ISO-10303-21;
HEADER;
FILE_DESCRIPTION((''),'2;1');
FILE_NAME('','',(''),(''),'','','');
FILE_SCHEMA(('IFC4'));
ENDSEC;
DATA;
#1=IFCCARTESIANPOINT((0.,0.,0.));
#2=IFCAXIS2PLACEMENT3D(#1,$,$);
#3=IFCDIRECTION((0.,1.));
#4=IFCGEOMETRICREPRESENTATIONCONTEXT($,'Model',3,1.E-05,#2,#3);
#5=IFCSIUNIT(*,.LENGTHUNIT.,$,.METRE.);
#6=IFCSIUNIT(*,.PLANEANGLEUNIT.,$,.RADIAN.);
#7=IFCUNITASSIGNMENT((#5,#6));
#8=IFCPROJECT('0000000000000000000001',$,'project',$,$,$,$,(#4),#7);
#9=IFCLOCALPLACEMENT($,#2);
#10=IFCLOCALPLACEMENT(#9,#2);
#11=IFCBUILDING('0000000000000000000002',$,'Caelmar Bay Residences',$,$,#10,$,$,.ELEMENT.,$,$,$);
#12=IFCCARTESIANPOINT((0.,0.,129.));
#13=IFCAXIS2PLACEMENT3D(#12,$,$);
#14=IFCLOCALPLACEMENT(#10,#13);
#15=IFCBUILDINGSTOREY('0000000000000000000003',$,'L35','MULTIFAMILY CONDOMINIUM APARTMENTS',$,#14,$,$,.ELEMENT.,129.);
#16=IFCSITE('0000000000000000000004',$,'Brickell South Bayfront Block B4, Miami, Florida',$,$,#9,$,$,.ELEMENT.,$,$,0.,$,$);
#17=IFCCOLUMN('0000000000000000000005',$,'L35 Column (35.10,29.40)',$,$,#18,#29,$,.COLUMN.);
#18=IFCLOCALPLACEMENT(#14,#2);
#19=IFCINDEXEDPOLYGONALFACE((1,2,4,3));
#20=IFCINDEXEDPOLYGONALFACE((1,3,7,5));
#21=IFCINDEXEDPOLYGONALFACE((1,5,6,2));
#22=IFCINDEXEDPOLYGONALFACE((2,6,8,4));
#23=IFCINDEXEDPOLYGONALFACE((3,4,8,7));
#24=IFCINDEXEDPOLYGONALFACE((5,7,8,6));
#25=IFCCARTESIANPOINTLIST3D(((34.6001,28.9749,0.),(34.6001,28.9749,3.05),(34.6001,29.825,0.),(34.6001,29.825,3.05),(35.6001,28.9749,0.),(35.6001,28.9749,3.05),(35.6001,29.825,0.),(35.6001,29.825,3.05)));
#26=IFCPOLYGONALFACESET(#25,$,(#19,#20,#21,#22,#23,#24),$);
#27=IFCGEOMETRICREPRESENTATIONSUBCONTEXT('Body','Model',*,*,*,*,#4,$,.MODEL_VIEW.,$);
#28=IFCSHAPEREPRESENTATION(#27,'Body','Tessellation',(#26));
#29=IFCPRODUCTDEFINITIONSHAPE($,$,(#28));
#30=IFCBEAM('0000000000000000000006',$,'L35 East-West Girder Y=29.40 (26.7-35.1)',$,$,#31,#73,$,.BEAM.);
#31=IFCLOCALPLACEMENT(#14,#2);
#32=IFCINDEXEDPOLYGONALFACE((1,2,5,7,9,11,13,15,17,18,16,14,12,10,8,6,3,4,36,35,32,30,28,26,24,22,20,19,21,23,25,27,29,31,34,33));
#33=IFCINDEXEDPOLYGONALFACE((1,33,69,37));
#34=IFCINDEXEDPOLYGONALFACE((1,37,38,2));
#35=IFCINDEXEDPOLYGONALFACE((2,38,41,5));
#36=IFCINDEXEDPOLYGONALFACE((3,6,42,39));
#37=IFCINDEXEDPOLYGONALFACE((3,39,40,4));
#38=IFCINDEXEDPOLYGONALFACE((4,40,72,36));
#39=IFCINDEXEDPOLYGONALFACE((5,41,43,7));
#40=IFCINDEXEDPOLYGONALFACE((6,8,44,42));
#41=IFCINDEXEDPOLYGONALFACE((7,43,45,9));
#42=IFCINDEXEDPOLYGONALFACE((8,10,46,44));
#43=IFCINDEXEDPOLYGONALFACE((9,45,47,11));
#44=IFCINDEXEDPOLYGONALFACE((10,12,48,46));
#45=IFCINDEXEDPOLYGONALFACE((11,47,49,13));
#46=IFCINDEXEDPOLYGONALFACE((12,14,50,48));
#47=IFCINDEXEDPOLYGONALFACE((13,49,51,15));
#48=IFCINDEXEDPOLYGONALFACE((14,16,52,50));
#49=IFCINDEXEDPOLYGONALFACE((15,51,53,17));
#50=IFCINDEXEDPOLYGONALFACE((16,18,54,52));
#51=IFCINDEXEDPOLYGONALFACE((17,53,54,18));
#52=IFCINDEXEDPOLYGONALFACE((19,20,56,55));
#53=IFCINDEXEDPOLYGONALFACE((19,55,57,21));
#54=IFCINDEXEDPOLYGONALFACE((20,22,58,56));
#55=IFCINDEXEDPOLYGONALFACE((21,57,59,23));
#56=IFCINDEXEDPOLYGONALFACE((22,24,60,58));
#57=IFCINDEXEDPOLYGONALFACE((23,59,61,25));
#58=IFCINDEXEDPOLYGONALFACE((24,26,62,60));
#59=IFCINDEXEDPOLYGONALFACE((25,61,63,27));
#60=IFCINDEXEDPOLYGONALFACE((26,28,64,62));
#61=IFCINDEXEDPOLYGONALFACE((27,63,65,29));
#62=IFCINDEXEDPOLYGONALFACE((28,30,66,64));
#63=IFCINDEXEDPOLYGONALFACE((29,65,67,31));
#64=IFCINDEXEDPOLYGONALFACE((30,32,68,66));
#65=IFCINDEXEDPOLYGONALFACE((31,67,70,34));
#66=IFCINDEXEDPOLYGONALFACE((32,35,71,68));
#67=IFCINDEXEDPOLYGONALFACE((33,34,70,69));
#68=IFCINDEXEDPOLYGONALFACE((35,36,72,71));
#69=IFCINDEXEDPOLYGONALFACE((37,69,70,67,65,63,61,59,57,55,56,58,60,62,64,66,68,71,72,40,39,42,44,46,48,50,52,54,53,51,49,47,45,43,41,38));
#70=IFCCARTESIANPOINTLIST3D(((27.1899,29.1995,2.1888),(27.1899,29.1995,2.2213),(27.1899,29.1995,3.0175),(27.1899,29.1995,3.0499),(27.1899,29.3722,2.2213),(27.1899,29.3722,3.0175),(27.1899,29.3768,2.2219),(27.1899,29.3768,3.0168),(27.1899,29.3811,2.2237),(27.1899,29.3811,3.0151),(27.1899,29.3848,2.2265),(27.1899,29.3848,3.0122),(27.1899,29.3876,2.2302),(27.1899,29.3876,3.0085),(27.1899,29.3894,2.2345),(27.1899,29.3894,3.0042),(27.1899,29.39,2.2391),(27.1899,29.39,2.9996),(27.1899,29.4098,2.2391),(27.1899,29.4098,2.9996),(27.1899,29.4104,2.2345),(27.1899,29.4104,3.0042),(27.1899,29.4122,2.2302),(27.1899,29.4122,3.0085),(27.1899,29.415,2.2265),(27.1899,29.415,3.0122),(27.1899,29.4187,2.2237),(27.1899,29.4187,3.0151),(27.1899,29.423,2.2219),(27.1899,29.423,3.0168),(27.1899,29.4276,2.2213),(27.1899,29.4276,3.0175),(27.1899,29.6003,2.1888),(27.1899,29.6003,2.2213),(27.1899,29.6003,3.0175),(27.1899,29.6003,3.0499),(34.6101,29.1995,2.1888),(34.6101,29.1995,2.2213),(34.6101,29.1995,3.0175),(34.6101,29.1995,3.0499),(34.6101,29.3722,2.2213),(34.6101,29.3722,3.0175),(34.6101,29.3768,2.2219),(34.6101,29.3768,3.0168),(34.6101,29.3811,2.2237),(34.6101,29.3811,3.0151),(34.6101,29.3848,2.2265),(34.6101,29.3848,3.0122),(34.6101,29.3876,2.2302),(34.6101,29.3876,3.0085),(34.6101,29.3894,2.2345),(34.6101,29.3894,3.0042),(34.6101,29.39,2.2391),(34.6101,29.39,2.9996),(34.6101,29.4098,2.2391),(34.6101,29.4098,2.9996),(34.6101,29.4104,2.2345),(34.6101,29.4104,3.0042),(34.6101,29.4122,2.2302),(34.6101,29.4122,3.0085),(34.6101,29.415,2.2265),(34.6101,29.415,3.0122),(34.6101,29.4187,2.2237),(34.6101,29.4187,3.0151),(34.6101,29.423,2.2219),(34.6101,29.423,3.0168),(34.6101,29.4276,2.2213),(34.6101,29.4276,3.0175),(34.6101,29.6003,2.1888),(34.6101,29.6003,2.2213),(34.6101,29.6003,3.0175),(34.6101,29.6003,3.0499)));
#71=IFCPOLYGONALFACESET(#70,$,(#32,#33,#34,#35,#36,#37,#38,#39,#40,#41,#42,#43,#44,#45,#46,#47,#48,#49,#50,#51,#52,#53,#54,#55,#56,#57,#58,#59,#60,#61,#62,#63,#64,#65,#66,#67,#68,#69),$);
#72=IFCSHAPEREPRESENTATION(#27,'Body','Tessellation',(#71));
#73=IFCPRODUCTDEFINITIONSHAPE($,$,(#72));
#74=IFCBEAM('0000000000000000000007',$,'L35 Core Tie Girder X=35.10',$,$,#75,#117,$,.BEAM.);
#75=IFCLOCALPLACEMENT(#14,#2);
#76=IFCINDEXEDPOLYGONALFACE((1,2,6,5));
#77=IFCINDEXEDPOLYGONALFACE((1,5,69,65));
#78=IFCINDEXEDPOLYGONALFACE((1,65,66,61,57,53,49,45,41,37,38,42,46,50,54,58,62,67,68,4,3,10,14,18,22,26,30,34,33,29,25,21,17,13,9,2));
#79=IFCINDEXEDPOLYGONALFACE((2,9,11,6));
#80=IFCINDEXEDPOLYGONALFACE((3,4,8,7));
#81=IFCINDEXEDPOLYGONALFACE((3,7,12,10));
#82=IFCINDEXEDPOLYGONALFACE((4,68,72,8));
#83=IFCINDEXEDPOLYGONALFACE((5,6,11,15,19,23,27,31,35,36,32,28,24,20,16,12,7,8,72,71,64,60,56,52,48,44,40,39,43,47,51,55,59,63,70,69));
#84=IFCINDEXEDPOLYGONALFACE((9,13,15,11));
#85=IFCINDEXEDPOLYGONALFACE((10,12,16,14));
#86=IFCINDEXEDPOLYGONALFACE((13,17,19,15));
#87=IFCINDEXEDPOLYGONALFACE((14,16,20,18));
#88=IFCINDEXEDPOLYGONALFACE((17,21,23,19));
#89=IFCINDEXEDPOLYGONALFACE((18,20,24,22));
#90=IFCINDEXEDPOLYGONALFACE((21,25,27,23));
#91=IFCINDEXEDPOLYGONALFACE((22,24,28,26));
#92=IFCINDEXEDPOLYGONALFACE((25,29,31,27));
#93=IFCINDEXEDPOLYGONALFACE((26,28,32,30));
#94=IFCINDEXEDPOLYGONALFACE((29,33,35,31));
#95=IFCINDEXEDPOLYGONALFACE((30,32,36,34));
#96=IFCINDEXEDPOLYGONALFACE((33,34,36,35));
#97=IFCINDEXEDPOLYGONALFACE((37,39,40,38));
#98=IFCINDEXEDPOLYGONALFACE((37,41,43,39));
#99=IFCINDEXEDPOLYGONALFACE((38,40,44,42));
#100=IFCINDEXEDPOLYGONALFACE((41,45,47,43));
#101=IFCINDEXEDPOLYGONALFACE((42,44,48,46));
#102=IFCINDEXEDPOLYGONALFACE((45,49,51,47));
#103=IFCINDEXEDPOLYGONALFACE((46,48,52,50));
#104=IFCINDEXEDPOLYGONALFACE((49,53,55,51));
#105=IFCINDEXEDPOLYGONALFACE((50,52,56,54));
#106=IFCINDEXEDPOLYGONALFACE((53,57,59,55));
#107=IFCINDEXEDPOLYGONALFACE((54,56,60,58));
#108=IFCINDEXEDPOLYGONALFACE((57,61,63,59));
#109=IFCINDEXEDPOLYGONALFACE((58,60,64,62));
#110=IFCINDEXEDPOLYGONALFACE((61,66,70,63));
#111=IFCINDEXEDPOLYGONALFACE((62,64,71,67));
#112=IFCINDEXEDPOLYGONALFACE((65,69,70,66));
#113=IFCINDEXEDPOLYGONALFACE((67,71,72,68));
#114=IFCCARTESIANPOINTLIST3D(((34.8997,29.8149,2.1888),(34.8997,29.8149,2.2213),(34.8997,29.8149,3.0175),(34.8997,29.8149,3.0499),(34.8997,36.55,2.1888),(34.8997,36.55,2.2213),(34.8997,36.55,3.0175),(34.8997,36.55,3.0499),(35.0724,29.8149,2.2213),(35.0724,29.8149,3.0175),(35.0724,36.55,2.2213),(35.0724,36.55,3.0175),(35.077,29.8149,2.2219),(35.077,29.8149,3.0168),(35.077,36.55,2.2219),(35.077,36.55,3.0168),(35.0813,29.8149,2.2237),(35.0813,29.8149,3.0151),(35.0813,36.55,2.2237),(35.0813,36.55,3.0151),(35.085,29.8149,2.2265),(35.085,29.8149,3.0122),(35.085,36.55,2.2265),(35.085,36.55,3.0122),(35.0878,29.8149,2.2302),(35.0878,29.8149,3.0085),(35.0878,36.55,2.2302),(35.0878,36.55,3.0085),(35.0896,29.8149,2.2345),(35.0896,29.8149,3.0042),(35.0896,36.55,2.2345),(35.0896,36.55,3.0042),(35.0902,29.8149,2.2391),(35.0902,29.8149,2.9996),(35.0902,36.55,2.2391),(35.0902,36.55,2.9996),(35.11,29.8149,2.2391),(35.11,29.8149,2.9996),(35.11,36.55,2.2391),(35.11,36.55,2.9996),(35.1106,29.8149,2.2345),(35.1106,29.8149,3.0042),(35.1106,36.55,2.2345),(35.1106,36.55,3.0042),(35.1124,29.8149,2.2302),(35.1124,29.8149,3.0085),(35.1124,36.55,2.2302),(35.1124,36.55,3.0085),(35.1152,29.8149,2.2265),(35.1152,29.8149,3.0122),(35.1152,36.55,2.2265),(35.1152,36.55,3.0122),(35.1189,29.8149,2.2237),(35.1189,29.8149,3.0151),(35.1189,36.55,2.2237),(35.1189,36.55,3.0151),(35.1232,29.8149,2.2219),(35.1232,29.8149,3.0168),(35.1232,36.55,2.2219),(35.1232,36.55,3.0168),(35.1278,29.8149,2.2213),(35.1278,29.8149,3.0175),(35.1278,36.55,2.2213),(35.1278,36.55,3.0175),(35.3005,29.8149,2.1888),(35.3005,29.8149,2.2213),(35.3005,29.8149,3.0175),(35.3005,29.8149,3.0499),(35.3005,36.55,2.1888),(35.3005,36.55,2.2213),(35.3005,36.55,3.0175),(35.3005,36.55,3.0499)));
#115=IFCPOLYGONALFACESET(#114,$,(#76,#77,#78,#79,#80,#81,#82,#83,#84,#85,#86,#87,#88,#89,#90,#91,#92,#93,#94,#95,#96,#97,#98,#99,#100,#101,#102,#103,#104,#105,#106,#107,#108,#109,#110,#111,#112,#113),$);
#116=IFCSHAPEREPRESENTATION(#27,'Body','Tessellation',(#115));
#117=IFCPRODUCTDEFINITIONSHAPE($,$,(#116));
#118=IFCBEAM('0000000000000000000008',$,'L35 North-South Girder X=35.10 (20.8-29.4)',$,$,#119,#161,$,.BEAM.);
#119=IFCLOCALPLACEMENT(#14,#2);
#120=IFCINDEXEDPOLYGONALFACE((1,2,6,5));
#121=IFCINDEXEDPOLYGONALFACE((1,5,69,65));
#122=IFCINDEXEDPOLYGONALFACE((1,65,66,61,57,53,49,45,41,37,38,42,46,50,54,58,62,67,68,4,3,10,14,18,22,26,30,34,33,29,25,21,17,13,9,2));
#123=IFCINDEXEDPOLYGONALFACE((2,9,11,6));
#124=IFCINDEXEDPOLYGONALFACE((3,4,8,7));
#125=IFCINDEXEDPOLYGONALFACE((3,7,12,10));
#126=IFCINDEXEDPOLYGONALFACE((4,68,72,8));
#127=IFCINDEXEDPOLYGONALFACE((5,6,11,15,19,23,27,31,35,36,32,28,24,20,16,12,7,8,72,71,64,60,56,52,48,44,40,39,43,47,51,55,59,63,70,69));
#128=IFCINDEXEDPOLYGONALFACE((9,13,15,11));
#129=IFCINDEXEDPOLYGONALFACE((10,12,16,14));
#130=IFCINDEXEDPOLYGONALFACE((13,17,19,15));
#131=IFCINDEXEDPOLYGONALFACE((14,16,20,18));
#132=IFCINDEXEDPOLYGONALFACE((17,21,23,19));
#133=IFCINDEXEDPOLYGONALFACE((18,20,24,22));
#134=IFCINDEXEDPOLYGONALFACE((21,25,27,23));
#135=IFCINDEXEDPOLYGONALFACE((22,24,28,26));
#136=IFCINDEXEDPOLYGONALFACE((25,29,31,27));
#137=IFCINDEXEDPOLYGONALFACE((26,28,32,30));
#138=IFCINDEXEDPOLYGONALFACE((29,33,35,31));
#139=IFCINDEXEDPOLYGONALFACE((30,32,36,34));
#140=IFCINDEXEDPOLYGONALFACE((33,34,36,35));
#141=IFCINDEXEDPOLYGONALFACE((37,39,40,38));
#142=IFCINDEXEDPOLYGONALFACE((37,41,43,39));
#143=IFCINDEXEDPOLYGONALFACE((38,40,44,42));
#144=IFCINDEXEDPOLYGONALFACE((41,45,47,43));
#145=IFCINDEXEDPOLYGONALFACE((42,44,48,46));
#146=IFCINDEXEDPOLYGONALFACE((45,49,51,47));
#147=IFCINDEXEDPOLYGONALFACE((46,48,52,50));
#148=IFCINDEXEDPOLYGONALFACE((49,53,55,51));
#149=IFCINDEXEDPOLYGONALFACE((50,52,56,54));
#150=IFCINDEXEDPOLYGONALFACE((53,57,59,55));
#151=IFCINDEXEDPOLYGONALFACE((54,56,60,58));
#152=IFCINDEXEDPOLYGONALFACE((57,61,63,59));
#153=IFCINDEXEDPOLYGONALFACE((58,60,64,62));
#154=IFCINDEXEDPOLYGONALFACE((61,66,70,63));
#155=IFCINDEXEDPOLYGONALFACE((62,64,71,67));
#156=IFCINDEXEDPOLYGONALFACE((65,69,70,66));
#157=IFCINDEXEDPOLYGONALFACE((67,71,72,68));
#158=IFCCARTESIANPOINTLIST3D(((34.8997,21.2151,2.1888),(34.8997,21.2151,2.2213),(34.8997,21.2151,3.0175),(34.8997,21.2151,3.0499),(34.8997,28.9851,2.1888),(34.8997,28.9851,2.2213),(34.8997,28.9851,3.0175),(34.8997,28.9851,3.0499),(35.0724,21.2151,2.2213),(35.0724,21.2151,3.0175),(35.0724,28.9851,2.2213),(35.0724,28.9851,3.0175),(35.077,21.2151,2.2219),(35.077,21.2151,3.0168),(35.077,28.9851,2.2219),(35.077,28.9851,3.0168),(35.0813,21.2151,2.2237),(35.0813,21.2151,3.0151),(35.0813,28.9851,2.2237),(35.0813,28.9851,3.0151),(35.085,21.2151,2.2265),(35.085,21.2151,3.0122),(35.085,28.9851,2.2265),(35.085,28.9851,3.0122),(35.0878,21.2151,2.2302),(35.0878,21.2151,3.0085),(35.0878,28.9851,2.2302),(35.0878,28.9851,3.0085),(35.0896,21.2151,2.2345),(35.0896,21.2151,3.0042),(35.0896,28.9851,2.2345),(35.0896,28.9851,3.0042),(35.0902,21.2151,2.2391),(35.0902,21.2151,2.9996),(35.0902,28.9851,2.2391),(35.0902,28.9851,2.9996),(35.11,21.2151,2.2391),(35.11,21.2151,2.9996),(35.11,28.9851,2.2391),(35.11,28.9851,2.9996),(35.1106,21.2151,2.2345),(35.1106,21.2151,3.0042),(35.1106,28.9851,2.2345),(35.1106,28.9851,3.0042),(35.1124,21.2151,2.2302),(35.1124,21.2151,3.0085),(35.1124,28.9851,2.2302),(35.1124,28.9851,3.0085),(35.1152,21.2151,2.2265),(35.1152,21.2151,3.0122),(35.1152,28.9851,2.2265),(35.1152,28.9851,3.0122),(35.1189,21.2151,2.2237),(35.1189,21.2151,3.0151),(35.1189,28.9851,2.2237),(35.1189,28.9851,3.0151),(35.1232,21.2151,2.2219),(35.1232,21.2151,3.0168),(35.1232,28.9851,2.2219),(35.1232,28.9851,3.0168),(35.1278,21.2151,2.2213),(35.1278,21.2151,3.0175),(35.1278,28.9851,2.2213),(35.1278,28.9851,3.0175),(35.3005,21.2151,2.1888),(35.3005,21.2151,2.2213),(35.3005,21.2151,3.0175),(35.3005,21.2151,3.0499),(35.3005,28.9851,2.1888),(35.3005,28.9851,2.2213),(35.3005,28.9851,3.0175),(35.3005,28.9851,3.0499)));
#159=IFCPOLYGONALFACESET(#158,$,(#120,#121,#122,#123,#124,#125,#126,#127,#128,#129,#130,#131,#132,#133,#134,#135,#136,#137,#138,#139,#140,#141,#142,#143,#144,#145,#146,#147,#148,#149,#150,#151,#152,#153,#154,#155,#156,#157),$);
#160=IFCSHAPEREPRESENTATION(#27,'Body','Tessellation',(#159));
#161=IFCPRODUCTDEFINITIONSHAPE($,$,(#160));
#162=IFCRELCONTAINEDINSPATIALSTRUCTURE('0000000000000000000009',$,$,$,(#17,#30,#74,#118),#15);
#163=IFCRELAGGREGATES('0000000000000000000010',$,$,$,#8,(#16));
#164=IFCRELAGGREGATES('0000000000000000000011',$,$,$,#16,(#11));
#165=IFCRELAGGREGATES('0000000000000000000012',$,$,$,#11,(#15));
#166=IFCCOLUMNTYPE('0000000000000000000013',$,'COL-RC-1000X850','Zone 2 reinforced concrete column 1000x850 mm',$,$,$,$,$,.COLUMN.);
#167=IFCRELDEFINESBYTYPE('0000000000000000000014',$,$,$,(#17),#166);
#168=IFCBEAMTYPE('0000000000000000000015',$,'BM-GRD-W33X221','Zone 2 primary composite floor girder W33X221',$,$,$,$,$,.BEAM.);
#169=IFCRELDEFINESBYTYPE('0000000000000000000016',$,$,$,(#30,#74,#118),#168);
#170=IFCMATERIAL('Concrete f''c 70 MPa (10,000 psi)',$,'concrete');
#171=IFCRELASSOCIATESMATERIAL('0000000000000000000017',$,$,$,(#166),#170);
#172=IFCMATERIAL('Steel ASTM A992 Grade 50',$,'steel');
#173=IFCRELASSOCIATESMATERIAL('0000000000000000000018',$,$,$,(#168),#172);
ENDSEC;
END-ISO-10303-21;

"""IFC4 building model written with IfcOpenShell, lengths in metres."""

from ifc_helpers import new_model, si_unit, direction, frame, origin, origin_2d, place, context, subcontext, project, spatial, rectangle, i_section, extrude, material, material_profile, profile_set, type_object, element, save


model = new_model("IFC4")

# Units and contexts
model_context = context("Model", 3, precision=1e-05, world=origin(), true_north=direction((0.0, 1.0)))
body_context = subcontext(model_context, "Body", "Model", "MODEL_VIEW")
ifc_project = project(units=[si_unit("LENGTHUNIT", "METRE"), si_unit("PLANEANGLEUNIT", "RADIAN")], contexts=[model_context])

# Site, building, storey
site_placement = place(None, origin())
site = spatial("IfcSite", under=ifc_project, at=site_placement, Name="Brickell South Bayfront Block B4, Miami, Florida", CompositionType="ELEMENT", RefElevation=0.0)
building_placement = place(site_placement, origin())
building = spatial("IfcBuilding", under=site, at=building_placement, Name="Caelmar Bay Residences", CompositionType="ELEMENT")
storey_placement = place(building_placement, frame((0.0, 0.0, 129.0)))
storey = spatial("IfcBuildingStorey", under=building, at=storey_placement, Name="L35", Description="MULTIFAMILY CONDOMINIUM APARTMENTS", CompositionType="ELEMENT", Elevation=129.0)

# Column
ifc_material_1 = material(Name="Concrete f'c 70 MPa (10,000 psi)", Category="concrete")
ifc_material_profile_1 = material_profile(ifc_material_1, rectangle(XDim=1.0, YDim=0.8501, at=origin_2d()), Name="RC-COL-1000X850")
ifc_profile_set_1 = profile_set([ifc_material_profile_1], Name="Concrete f'c 70 MPa (10,000 psi)")
column_type = type_object("IfcColumnType", Name="COL-RC-1000X850", Description="Zone 2 reinforced concrete column 1000x850 mm", PredefinedType="COLUMN", material=ifc_profile_set_1)
column_placement = place(storey_placement, frame((35.1001, 29.3999, 0.0), z_axis=(0.0, 0.0, 1.0), x_axis=(1.0, 0.0, 0.0)))
element("IfcColumn", 1, at=column_placement, inside=storey, type_object=column_type, Name="L35 Column (35.10,29.40)", PredefinedType="COLUMN", context=body_context, shape_type="SweptSolid", body=[
    extrude(rectangle(XDim=1.0, YDim=0.8501, at=origin_2d()), origin(), (0.0, 0.0, 1.0), 3.05),
])

# Beams
ifc_material_2 = material(Name="Steel ASTM A992 Grade 50", Category="steel")
ifc_material_profile_2 = material_profile(ifc_material_2, i_section(OverallWidth=0.4009, OverallDepth=0.8611, WebThickness=0.0198, FlangeThickness=0.0325, FilletRadius=0.0178, at=origin_2d()), Name="W33X221")
ifc_profile_set_2 = profile_set([ifc_material_profile_2], Name="Steel ASTM A992 Grade 50")
beam_type_1 = type_object("IfcBeamType", Name="BM-GRD-W33X221", Description="Zone 2 primary composite floor girder W33X221", PredefinedType="BEAM", material=ifc_profile_set_2)
beam_1_placement = place(storey_placement, frame((27.1899, 29.3999, 2.6194), z_axis=(1.0, 0.0, 0.0), x_axis=(0.0, 1.0, 0.0)))
element("IfcBeam", 2, at=beam_1_placement, inside=storey, type_object=beam_type_1, Name="L35 East-West Girder Y=29.40 (26.7-35.1)", PredefinedType="BEAM", context=body_context, shape_type="SweptSolid", body=[
    extrude(i_section(OverallWidth=0.4009, OverallDepth=0.8611, WebThickness=0.0198, FlangeThickness=0.0325, FilletRadius=0.0178, at=origin_2d()), origin(), (0.0, 0.0, 1.0), 7.4202),
])
beam_2_placement = place(storey_placement, frame((35.1001, 29.8149, 2.6194), z_axis=(0.0, 1.0, 0.0), x_axis=(-1.0, 0.0, 0.0)))
element("IfcBeam", 3, at=beam_2_placement, inside=storey, type_object=beam_type_1, Name="L35 Core Tie Girder X=35.10", PredefinedType="BEAM", context=body_context, shape_type="SweptSolid", body=[
    extrude(i_section(OverallWidth=0.4009, OverallDepth=0.8611, WebThickness=0.0198, FlangeThickness=0.0325, FilletRadius=0.0178, at=origin_2d()), origin(), (0.0, 0.0, 1.0), 6.7351),
])
beam_3_placement = place(storey_placement, frame((35.1001, 21.2151, 2.6194), z_axis=(0.0, 1.0, 0.0), x_axis=(-1.0, 0.0, 0.0)))
element("IfcBeam", 4, at=beam_3_placement, inside=storey, type_object=beam_type_1, Name="L35 North-South Girder X=35.10 (20.8-29.4)", PredefinedType="BEAM", context=body_context, shape_type="SweptSolid", body=[
    extrude(i_section(OverallWidth=0.4009, OverallDepth=0.8611, WebThickness=0.0198, FlangeThickness=0.0325, FilletRadius=0.0178, at=origin_2d()), origin(), (0.0, 0.0, 1.0), 7.77),
])

save(model, "model.ifc")
